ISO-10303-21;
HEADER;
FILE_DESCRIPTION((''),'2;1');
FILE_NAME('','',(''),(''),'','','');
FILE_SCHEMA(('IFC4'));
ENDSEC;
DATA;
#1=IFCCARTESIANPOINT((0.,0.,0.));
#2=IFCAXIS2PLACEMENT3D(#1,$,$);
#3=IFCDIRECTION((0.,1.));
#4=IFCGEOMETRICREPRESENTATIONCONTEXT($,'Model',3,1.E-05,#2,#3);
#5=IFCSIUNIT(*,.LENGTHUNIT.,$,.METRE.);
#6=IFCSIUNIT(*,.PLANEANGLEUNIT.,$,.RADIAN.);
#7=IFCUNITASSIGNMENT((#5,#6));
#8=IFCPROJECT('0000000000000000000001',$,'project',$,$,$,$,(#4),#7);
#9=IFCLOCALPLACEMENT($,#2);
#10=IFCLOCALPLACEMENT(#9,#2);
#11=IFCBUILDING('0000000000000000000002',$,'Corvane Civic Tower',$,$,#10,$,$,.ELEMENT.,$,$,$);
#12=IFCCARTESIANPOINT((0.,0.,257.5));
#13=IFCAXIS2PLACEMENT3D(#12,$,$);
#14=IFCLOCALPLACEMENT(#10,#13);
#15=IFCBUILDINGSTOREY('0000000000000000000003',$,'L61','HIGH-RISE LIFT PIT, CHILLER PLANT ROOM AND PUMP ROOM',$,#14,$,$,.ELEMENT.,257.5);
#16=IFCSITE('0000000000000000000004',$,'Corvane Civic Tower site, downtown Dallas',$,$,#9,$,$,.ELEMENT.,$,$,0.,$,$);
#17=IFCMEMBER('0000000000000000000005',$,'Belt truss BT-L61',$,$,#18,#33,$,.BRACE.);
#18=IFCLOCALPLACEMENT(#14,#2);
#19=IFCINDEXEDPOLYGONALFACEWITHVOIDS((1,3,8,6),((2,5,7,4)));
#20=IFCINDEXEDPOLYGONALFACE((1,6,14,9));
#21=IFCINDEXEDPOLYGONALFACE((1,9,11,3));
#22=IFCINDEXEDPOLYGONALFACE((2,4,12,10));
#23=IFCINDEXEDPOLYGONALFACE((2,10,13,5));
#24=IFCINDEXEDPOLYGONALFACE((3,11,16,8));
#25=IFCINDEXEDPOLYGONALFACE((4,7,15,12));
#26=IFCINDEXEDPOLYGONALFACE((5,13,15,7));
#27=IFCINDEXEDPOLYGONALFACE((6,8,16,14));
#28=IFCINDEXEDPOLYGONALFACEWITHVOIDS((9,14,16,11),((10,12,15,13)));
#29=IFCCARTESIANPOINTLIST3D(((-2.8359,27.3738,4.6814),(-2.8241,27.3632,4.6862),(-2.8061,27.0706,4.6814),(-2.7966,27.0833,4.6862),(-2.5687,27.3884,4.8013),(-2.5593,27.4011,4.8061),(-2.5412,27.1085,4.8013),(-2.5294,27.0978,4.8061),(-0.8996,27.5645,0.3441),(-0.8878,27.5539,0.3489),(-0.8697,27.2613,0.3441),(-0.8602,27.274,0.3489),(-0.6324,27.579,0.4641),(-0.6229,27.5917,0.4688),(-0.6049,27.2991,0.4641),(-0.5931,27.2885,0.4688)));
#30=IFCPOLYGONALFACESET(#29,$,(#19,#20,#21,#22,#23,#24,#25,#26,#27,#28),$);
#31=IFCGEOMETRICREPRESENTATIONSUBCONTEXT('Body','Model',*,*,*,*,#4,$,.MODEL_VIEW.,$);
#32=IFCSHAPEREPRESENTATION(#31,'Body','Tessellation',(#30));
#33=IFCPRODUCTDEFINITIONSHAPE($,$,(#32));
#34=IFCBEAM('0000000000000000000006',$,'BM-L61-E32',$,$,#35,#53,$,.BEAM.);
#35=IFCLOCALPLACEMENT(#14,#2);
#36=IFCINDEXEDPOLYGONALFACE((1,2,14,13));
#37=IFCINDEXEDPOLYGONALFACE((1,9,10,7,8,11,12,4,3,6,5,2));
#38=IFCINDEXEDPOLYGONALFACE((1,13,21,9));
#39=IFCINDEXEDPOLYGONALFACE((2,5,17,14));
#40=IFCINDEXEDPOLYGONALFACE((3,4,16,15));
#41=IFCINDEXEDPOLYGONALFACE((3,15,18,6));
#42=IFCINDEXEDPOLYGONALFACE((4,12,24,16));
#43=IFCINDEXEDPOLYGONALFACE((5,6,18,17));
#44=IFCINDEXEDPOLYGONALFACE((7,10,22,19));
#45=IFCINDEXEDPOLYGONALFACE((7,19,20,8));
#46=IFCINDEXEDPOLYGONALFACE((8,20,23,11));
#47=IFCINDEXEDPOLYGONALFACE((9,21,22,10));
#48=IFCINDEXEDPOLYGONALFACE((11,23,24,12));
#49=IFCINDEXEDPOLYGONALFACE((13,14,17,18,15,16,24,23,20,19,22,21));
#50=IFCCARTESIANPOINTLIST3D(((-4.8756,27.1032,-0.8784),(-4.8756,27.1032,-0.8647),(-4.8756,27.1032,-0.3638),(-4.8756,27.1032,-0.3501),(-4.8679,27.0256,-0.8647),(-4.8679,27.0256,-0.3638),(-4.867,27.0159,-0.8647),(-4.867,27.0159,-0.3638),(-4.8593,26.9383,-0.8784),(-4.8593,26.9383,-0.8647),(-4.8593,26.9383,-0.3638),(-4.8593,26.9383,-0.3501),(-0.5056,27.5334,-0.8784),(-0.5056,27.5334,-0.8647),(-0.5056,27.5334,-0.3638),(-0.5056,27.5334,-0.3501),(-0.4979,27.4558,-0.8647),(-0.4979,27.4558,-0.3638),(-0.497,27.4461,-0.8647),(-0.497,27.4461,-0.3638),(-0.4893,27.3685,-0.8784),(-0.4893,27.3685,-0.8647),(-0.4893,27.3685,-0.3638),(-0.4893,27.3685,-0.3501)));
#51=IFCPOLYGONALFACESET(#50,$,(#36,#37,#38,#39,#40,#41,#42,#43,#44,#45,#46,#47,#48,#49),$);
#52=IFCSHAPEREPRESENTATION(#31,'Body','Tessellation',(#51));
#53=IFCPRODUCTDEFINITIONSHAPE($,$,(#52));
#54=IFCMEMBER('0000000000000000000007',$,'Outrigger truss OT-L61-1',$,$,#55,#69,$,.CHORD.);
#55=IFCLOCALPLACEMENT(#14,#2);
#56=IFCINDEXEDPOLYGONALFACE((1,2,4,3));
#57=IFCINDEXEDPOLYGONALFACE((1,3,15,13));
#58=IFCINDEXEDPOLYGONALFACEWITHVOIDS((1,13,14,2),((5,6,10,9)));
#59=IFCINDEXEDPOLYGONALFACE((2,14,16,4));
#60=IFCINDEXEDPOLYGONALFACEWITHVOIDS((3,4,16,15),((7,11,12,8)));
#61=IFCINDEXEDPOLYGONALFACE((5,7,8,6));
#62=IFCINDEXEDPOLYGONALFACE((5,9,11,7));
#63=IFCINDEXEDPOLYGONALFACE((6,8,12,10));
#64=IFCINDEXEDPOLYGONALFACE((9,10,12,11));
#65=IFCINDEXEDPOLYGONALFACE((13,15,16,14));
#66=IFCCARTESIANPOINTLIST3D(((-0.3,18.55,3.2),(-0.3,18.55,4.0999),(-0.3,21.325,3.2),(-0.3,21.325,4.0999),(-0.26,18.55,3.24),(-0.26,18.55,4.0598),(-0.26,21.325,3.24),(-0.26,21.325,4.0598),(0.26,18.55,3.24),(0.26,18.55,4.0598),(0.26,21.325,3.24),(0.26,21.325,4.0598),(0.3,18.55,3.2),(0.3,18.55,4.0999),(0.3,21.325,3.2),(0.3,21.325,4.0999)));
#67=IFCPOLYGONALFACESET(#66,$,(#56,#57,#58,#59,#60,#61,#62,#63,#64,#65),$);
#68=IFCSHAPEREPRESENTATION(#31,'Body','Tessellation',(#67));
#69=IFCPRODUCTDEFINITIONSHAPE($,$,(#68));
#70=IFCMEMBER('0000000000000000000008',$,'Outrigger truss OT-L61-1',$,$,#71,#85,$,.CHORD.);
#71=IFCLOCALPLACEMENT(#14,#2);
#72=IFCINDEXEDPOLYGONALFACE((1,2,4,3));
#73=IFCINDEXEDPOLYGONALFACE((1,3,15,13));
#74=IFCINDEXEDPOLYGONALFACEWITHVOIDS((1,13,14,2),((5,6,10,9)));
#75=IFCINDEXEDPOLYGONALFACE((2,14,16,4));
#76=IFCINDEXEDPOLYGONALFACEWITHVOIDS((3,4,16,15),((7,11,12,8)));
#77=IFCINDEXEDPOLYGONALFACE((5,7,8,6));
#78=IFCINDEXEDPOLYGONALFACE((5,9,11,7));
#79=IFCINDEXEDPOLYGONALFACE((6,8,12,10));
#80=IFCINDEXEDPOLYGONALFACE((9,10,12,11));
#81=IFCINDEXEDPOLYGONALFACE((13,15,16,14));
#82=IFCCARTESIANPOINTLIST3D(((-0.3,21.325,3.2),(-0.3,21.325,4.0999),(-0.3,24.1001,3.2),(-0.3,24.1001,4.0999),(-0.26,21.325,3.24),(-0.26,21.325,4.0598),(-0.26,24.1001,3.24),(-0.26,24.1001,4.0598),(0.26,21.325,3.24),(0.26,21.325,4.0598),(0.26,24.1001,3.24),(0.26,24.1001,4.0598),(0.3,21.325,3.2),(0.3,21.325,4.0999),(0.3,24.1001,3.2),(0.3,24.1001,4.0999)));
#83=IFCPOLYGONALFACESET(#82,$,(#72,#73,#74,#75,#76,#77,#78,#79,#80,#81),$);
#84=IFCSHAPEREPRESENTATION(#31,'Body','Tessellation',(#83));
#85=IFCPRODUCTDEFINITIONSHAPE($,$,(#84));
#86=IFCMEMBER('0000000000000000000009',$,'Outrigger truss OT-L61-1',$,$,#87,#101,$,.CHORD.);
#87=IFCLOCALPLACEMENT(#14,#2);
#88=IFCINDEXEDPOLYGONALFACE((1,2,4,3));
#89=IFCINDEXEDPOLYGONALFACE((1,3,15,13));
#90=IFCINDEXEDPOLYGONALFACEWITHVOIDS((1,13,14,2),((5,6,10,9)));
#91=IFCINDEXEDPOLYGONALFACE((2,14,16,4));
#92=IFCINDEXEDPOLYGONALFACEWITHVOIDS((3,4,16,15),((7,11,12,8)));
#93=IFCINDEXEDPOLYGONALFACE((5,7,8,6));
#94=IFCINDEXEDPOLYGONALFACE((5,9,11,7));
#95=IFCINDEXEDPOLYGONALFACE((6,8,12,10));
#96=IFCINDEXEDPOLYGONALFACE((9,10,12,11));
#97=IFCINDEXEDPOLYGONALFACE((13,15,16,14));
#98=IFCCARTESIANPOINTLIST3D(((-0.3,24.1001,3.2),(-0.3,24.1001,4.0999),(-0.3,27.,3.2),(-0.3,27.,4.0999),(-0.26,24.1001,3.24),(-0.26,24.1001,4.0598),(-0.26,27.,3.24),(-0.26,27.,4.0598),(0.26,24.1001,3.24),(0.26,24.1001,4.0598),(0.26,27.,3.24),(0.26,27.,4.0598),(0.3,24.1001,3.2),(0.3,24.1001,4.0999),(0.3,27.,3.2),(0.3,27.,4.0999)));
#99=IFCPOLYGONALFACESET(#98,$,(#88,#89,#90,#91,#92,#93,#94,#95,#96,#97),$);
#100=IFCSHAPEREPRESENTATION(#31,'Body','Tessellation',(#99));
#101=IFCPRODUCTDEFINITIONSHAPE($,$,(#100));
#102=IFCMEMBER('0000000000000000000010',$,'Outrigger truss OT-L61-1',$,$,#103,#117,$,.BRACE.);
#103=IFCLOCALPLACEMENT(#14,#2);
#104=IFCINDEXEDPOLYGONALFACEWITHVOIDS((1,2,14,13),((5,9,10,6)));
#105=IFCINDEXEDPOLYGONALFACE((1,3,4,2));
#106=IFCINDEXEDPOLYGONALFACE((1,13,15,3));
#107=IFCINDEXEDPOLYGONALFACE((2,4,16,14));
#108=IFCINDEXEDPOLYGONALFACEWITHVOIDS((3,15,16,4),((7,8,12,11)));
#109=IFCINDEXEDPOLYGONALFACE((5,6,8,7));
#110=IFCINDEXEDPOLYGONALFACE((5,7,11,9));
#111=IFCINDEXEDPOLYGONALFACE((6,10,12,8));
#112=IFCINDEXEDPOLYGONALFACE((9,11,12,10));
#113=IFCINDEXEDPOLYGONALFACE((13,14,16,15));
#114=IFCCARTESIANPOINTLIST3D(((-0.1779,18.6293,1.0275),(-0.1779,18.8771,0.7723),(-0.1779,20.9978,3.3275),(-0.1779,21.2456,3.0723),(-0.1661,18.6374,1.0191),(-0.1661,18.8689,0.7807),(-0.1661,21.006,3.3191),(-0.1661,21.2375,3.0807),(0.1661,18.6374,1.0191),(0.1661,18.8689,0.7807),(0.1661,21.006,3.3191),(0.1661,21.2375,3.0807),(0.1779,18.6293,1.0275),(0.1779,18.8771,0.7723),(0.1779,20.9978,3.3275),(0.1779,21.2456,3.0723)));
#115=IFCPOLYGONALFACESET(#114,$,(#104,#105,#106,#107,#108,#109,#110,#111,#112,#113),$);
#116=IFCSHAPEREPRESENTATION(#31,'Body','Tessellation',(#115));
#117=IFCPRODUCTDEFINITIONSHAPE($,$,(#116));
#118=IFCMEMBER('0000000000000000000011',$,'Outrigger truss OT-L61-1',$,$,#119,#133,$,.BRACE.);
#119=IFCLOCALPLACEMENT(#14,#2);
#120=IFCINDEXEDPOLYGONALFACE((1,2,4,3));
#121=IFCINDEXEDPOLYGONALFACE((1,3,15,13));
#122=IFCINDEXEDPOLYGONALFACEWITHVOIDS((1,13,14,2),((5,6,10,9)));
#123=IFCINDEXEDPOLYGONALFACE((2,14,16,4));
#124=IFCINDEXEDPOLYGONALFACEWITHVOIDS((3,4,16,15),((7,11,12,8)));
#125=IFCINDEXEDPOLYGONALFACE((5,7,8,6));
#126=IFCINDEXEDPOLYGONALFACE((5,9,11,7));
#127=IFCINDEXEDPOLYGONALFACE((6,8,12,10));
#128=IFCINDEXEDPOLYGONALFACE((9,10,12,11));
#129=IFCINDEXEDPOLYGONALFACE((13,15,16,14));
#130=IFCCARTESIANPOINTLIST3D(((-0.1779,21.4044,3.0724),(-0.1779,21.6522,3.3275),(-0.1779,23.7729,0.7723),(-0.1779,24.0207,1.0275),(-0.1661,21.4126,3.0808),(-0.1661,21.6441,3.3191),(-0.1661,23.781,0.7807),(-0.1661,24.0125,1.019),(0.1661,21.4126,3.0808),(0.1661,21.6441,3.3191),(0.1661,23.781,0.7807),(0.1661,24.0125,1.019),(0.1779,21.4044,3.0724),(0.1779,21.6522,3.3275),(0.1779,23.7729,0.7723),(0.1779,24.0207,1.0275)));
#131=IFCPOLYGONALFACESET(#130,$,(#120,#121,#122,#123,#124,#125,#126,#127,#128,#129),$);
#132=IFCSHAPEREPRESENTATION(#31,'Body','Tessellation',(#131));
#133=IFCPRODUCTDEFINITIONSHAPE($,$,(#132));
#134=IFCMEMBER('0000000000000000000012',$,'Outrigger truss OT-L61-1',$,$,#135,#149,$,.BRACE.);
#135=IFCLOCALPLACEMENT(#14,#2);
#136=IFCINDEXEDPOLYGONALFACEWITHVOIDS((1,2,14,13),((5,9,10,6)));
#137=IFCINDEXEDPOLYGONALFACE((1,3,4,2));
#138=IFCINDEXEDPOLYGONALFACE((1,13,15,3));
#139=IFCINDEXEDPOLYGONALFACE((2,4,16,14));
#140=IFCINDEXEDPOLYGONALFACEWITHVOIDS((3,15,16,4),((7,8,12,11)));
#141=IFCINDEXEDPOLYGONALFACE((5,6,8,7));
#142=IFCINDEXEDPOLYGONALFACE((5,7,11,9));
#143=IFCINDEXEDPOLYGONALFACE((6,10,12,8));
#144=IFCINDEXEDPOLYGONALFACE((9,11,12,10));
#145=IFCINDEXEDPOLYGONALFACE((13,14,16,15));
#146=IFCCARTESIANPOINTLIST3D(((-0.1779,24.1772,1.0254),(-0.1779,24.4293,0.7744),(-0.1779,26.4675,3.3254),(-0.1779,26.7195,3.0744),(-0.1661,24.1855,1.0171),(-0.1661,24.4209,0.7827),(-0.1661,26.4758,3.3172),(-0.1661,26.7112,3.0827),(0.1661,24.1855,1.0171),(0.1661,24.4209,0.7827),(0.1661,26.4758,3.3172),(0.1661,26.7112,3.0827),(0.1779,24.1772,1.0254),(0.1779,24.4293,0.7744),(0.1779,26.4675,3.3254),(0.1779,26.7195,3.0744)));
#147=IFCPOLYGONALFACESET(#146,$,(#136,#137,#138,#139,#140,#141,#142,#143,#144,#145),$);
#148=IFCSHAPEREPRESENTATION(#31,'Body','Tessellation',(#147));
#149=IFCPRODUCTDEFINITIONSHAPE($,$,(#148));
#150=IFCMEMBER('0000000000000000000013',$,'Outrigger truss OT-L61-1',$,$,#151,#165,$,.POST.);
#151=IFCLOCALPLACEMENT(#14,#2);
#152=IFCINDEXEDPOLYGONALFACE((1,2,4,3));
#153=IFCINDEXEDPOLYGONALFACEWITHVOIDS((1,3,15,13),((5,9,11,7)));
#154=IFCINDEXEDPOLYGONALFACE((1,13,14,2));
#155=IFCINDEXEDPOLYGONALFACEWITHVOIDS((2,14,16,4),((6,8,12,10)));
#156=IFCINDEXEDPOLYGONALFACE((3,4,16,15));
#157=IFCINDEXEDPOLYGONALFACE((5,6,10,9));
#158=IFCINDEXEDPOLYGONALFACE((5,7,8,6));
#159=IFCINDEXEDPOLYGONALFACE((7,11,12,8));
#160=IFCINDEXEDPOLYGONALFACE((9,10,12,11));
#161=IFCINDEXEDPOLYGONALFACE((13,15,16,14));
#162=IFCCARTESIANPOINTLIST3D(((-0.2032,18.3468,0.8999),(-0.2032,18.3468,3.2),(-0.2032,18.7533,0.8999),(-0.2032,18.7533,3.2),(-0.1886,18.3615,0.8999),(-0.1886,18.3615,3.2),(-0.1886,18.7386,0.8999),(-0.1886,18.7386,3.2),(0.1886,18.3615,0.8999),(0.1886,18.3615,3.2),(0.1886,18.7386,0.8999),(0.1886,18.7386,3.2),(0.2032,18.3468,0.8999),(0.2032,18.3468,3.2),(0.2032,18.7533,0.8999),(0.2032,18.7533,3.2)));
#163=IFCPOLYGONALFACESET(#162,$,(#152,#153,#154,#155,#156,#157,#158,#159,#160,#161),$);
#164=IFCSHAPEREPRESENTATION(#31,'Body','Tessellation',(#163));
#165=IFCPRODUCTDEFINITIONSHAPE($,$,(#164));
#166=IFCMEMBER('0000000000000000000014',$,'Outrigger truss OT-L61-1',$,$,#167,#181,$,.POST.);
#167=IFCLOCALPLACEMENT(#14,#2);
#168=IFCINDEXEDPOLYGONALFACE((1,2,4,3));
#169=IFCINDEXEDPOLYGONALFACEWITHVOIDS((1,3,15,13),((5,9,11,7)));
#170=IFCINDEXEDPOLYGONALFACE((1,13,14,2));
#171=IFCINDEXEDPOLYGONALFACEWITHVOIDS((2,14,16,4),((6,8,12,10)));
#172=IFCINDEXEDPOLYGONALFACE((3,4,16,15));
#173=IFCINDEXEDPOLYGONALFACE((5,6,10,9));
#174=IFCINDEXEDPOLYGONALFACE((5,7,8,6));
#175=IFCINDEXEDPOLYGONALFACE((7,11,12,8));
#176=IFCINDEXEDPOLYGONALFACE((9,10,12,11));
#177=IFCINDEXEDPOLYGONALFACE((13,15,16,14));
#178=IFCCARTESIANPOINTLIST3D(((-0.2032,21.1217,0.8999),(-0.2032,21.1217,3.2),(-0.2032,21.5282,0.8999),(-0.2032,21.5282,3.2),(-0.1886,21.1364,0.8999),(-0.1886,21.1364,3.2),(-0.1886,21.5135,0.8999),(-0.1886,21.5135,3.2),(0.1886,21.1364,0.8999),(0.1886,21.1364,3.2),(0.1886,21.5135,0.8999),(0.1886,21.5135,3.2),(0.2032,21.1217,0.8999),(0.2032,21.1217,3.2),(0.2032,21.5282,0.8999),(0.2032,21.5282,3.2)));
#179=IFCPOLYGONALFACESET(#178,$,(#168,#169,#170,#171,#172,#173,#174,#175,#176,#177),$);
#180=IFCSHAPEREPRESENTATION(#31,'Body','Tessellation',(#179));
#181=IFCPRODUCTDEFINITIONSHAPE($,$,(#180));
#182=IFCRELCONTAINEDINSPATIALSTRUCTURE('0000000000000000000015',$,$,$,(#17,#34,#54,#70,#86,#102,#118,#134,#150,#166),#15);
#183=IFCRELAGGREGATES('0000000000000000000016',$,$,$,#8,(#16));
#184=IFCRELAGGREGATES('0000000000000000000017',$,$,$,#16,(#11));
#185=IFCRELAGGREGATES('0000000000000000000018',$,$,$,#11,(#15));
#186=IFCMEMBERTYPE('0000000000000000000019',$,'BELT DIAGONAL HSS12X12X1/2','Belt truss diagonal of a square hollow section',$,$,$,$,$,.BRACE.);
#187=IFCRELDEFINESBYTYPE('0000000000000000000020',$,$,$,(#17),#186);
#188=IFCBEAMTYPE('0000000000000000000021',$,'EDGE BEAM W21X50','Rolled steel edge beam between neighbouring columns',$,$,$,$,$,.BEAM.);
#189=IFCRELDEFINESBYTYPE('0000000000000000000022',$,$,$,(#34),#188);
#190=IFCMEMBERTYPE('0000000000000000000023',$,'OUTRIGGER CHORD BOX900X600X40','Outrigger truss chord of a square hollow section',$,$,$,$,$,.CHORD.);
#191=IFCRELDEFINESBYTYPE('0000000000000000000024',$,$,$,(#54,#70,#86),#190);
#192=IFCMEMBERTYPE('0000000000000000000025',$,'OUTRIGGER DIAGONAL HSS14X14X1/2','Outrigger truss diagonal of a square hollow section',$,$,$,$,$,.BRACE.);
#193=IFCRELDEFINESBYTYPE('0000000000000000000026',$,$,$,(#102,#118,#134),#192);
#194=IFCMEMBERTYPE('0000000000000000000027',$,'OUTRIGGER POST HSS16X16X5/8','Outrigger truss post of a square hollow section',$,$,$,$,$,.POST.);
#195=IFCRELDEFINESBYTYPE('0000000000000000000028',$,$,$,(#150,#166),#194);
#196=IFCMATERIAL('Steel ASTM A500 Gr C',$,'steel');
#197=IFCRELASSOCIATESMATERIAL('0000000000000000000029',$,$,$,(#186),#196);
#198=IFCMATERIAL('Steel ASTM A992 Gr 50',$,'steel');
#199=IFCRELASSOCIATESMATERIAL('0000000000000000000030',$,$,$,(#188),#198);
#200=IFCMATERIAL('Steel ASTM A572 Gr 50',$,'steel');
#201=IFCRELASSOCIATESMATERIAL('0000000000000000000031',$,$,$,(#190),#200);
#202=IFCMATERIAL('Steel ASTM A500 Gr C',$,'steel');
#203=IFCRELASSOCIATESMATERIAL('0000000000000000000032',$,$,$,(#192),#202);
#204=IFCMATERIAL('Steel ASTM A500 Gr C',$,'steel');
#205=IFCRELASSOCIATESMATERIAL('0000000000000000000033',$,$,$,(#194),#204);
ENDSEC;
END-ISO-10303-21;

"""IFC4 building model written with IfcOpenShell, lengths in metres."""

from ifc_helpers import new_model, si_unit, direction, frame, origin, origin_2d, place, context, subcontext, project, spatial, hollow_rectangle, i_section, extrude, material, material_profile, profile_set, type_object, element, save


model = new_model("IFC4")

# Units and contexts
model_context = context("Model", 3, precision=1e-05, world=origin(), true_north=direction((0.0, 1.0)))
body_context = subcontext(model_context, "Body", "Model", "MODEL_VIEW")
ifc_project = project(units=[si_unit("LENGTHUNIT", "METRE"), si_unit("PLANEANGLEUNIT", "RADIAN")], contexts=[model_context])

# Site, building, storey
site_placement = place(None, origin())
site = spatial("IfcSite", under=ifc_project, at=site_placement, Name="Corvane Civic Tower site, downtown Dallas", CompositionType="ELEMENT", RefElevation=0.0)
building_placement = place(site_placement, origin())
building = spatial("IfcBuilding", under=site, at=building_placement, Name="Corvane Civic Tower", CompositionType="ELEMENT")
storey_placement = place(building_placement, frame((0.0, 0.0, 257.5)))
storey = spatial("IfcBuildingStorey", under=building, at=storey_placement, Name="L61", Description="HIGH-RISE LIFT PIT, CHILLER PLANT ROOM AND PUMP ROOM", CompositionType="ELEMENT", Elevation=257.5)

# Member
ifc_material_1 = material(Name="Steel ASTM A500 Gr C", Category="steel")
ifc_material_profile_1 = material_profile(ifc_material_1, hollow_rectangle(XDim=0.3047, YDim=0.3047, WallThickness=0.0117, at=origin_2d()), Name="HSS12X12X1/2")
ifc_profile_set_1 = profile_set([ifc_material_profile_1], Name="Steel ASTM A500 Gr C")
member_type_1 = type_object("IfcMemberType", Name="BELT DIAGONAL HSS12X12X1/2", Description="Belt truss diagonal of a square hollow section", PredefinedType="BRACE", material=ifc_profile_set_1)
member_1_placement = place(storey_placement, frame((-0.7463, 27.4265, 0.4065), z_axis=(-0.407331, -0.040112, 0.912399), x_axis=(0.098, -0.995186, 0.0)))
element("IfcMember", 1, at=member_1_placement, inside=storey, type_object=member_type_1, Name="Belt truss BT-L61", PredefinedType="BRACE", context=body_context, shape_type="SweptSolid", body=[
    extrude(hollow_rectangle(XDim=0.3047, YDim=0.3047, WallThickness=0.0117, at=origin_2d()), origin(), (0.0, 0.0, 1.0), 4.7537),
])

# Beam
ifc_material_2 = material(Name="Steel ASTM A992 Gr 50", Category="steel")
ifc_material_profile_2 = material_profile(ifc_material_2, i_section(OverallWidth=0.1658, OverallDepth=0.5283, WebThickness=0.0098, FlangeThickness=0.0137, at=origin_2d()), Name="W21X50")
ifc_profile_set_2 = profile_set([ifc_material_profile_2], Name="Steel ASTM A992 Gr 50")
beam_type = type_object("IfcBeamType", Name="EDGE BEAM W21X50", Description="Rolled steel edge beam between neighbouring columns", PredefinedType="BEAM", material=ifc_profile_set_2)
beam_placement = place(storey_placement, frame((-4.8674, 27.0208, -0.6143), z_axis=(0.99519, 0.097968, 0.0), x_axis=(-0.097968, 0.99519, 0.0)))
element("IfcBeam", 2, at=beam_placement, inside=storey, type_object=beam_type, Name="BM-L61-E32", PredefinedType="BEAM", context=body_context, shape_type="SweptSolid", body=[
    extrude(i_section(OverallWidth=0.1658, OverallDepth=0.5283, WebThickness=0.0098, FlangeThickness=0.0137, at=origin_2d()), origin(), (0.0, 0.0, 1.0), 4.3911),
])

# Members
ifc_material_3 = material(Name="Steel ASTM A572 Gr 50", Category="steel")
ifc_material_profile_3 = material_profile(ifc_material_3, hollow_rectangle(XDim=0.6001, YDim=0.8999, WallThickness=0.04, at=origin_2d()), Name="BOX900X600X40")
ifc_profile_set_3 = profile_set([ifc_material_profile_3], Name="Steel ASTM A572 Gr 50")
member_type_2 = type_object("IfcMemberType", Name="OUTRIGGER CHORD BOX900X600X40", Description="Outrigger truss chord of a square hollow section", PredefinedType="CHORD", material=ifc_profile_set_3)
member_2_placement = place(storey_placement, frame((0.0, 18.55, 3.6499), z_axis=(0.0, 1.0, 0.0), x_axis=(-1.0, 0.0, 0.0)))
element("IfcMember", 3, at=member_2_placement, inside=storey, type_object=member_type_2, Name="Outrigger truss OT-L61-1", PredefinedType="CHORD", context=body_context, shape_type="SweptSolid", body=[
    extrude(hollow_rectangle(XDim=0.6001, YDim=0.8999, WallThickness=0.04, at=origin_2d()), origin(), (0.0, 0.0, 1.0), 2.7749),
])
member_3_placement = place(storey_placement, frame((0.0, 21.325, 3.6499), z_axis=(0.0, 1.0, 0.0), x_axis=(-1.0, 0.0, 0.0)))
element("IfcMember", 4, at=member_3_placement, inside=storey, type_object=member_type_2, Name="Outrigger truss OT-L61-1", PredefinedType="CHORD", context=body_context, shape_type="SweptSolid", body=[
    extrude(hollow_rectangle(XDim=0.6001, YDim=0.8999, WallThickness=0.04, at=origin_2d()), origin(), (0.0, 0.0, 1.0), 2.7751),
])
member_4_placement = place(storey_placement, frame((0.0, 24.1001, 3.6499), z_axis=(0.0, 1.0, 0.0), x_axis=(-1.0, 0.0, 0.0)))
element("IfcMember", 5, at=member_4_placement, inside=storey, type_object=member_type_2, Name="Outrigger truss OT-L61-1", PredefinedType="CHORD", context=body_context, shape_type="SweptSolid", body=[
    extrude(hollow_rectangle(XDim=0.6001, YDim=0.8999, WallThickness=0.04, at=origin_2d()), origin(), (0.0, 0.0, 1.0), 2.8999),
])
ifc_material_4 = material(Name="Steel ASTM A500 Gr C", Category="steel")
ifc_material_profile_4 = material_profile(ifc_material_4, hollow_rectangle(XDim=0.3557, YDim=0.3557, WallThickness=0.0117, at=origin_2d()), Name="HSS14X14X1/2")
ifc_profile_set_4 = profile_set([ifc_material_profile_4], Name="Steel ASTM A500 Gr C")
member_type_3 = type_object("IfcMemberType", Name="OUTRIGGER DIAGONAL HSS14X14X1/2", Description="Outrigger truss diagonal of a square hollow section", PredefinedType="BRACE", material=ifc_profile_set_4)
for number, where, z_axis, x_axis, name in (
    (6, (0.0, 18.7532, 0.8999), (0.0, 0.71742, 0.696641), (-1.0, 0.0, 0.0), "Outrigger truss OT-L61-1"),
    (7, (0.0, 21.5283, 3.2), (0.0, 0.717384, -0.696678), (-1.0, 0.0, 0.0), "Outrigger truss OT-L61-1"),
):
    element("IfcMember", number, at=place(storey_placement, frame(where, z_axis=z_axis, x_axis=x_axis)), inside=storey, type_object=member_type_3, Name=name, PredefinedType="BRACE", context=body_context, shape_type="SweptSolid", body=[
        extrude(hollow_rectangle(XDim=0.3557, YDim=0.3557, WallThickness=0.0117, at=origin_2d()), origin(), (0.0, 0.0, 1.0), 3.3015),
    ])
member_5_placement = place(storey_placement, frame((0.0, 24.3032, 0.8999), z_axis=(0.0, 0.705601, 0.70861), x_axis=(-1.0, 0.0, 0.0)))
element("IfcMember", 8, at=member_5_placement, inside=storey, type_object=member_type_3, Name="Outrigger truss OT-L61-1", PredefinedType="BRACE", context=body_context, shape_type="SweptSolid", body=[
    extrude(hollow_rectangle(XDim=0.3557, YDim=0.3557, WallThickness=0.0117, at=origin_2d()), origin(), (0.0, 0.0, 1.0), 3.2458),
])
ifc_material_5 = material(Name="Steel ASTM A500 Gr C", Category="steel")
ifc_material_profile_5 = material_profile(ifc_material_5, hollow_rectangle(XDim=0.4065, YDim=0.4065, WallThickness=0.0146, at=origin_2d()), Name="HSS16X16X5/8")
ifc_profile_set_5 = profile_set([ifc_material_profile_5], Name="Steel ASTM A500 Gr C")
member_type_4 = type_object("IfcMemberType", Name="OUTRIGGER POST HSS16X16X5/8", Description="Outrigger truss post of a square hollow section", PredefinedType="POST", material=ifc_profile_set_5)
for number, where, z_axis, x_axis, name in (
    (9, (0.0, 18.55, 0.8999), (0.0, 0.0, 1.0), (1.0, 0.0, 0.0), "Outrigger truss OT-L61-1"),
    (10, (0.0, 21.325, 0.8999), (0.0, 0.0, 1.0), (1.0, 0.0, 0.0), "Outrigger truss OT-L61-1"),
):
    element("IfcMember", number, at=place(storey_placement, frame(where, z_axis=z_axis, x_axis=x_axis)), inside=storey, type_object=member_type_4, Name=name, PredefinedType="POST", context=body_context, shape_type="SweptSolid", body=[
        extrude(hollow_rectangle(XDim=0.4065, YDim=0.4065, WallThickness=0.0146, at=origin_2d()), origin(), (0.0, 0.0, 1.0), 2.3),
    ])

save(model, "model.ifc")
